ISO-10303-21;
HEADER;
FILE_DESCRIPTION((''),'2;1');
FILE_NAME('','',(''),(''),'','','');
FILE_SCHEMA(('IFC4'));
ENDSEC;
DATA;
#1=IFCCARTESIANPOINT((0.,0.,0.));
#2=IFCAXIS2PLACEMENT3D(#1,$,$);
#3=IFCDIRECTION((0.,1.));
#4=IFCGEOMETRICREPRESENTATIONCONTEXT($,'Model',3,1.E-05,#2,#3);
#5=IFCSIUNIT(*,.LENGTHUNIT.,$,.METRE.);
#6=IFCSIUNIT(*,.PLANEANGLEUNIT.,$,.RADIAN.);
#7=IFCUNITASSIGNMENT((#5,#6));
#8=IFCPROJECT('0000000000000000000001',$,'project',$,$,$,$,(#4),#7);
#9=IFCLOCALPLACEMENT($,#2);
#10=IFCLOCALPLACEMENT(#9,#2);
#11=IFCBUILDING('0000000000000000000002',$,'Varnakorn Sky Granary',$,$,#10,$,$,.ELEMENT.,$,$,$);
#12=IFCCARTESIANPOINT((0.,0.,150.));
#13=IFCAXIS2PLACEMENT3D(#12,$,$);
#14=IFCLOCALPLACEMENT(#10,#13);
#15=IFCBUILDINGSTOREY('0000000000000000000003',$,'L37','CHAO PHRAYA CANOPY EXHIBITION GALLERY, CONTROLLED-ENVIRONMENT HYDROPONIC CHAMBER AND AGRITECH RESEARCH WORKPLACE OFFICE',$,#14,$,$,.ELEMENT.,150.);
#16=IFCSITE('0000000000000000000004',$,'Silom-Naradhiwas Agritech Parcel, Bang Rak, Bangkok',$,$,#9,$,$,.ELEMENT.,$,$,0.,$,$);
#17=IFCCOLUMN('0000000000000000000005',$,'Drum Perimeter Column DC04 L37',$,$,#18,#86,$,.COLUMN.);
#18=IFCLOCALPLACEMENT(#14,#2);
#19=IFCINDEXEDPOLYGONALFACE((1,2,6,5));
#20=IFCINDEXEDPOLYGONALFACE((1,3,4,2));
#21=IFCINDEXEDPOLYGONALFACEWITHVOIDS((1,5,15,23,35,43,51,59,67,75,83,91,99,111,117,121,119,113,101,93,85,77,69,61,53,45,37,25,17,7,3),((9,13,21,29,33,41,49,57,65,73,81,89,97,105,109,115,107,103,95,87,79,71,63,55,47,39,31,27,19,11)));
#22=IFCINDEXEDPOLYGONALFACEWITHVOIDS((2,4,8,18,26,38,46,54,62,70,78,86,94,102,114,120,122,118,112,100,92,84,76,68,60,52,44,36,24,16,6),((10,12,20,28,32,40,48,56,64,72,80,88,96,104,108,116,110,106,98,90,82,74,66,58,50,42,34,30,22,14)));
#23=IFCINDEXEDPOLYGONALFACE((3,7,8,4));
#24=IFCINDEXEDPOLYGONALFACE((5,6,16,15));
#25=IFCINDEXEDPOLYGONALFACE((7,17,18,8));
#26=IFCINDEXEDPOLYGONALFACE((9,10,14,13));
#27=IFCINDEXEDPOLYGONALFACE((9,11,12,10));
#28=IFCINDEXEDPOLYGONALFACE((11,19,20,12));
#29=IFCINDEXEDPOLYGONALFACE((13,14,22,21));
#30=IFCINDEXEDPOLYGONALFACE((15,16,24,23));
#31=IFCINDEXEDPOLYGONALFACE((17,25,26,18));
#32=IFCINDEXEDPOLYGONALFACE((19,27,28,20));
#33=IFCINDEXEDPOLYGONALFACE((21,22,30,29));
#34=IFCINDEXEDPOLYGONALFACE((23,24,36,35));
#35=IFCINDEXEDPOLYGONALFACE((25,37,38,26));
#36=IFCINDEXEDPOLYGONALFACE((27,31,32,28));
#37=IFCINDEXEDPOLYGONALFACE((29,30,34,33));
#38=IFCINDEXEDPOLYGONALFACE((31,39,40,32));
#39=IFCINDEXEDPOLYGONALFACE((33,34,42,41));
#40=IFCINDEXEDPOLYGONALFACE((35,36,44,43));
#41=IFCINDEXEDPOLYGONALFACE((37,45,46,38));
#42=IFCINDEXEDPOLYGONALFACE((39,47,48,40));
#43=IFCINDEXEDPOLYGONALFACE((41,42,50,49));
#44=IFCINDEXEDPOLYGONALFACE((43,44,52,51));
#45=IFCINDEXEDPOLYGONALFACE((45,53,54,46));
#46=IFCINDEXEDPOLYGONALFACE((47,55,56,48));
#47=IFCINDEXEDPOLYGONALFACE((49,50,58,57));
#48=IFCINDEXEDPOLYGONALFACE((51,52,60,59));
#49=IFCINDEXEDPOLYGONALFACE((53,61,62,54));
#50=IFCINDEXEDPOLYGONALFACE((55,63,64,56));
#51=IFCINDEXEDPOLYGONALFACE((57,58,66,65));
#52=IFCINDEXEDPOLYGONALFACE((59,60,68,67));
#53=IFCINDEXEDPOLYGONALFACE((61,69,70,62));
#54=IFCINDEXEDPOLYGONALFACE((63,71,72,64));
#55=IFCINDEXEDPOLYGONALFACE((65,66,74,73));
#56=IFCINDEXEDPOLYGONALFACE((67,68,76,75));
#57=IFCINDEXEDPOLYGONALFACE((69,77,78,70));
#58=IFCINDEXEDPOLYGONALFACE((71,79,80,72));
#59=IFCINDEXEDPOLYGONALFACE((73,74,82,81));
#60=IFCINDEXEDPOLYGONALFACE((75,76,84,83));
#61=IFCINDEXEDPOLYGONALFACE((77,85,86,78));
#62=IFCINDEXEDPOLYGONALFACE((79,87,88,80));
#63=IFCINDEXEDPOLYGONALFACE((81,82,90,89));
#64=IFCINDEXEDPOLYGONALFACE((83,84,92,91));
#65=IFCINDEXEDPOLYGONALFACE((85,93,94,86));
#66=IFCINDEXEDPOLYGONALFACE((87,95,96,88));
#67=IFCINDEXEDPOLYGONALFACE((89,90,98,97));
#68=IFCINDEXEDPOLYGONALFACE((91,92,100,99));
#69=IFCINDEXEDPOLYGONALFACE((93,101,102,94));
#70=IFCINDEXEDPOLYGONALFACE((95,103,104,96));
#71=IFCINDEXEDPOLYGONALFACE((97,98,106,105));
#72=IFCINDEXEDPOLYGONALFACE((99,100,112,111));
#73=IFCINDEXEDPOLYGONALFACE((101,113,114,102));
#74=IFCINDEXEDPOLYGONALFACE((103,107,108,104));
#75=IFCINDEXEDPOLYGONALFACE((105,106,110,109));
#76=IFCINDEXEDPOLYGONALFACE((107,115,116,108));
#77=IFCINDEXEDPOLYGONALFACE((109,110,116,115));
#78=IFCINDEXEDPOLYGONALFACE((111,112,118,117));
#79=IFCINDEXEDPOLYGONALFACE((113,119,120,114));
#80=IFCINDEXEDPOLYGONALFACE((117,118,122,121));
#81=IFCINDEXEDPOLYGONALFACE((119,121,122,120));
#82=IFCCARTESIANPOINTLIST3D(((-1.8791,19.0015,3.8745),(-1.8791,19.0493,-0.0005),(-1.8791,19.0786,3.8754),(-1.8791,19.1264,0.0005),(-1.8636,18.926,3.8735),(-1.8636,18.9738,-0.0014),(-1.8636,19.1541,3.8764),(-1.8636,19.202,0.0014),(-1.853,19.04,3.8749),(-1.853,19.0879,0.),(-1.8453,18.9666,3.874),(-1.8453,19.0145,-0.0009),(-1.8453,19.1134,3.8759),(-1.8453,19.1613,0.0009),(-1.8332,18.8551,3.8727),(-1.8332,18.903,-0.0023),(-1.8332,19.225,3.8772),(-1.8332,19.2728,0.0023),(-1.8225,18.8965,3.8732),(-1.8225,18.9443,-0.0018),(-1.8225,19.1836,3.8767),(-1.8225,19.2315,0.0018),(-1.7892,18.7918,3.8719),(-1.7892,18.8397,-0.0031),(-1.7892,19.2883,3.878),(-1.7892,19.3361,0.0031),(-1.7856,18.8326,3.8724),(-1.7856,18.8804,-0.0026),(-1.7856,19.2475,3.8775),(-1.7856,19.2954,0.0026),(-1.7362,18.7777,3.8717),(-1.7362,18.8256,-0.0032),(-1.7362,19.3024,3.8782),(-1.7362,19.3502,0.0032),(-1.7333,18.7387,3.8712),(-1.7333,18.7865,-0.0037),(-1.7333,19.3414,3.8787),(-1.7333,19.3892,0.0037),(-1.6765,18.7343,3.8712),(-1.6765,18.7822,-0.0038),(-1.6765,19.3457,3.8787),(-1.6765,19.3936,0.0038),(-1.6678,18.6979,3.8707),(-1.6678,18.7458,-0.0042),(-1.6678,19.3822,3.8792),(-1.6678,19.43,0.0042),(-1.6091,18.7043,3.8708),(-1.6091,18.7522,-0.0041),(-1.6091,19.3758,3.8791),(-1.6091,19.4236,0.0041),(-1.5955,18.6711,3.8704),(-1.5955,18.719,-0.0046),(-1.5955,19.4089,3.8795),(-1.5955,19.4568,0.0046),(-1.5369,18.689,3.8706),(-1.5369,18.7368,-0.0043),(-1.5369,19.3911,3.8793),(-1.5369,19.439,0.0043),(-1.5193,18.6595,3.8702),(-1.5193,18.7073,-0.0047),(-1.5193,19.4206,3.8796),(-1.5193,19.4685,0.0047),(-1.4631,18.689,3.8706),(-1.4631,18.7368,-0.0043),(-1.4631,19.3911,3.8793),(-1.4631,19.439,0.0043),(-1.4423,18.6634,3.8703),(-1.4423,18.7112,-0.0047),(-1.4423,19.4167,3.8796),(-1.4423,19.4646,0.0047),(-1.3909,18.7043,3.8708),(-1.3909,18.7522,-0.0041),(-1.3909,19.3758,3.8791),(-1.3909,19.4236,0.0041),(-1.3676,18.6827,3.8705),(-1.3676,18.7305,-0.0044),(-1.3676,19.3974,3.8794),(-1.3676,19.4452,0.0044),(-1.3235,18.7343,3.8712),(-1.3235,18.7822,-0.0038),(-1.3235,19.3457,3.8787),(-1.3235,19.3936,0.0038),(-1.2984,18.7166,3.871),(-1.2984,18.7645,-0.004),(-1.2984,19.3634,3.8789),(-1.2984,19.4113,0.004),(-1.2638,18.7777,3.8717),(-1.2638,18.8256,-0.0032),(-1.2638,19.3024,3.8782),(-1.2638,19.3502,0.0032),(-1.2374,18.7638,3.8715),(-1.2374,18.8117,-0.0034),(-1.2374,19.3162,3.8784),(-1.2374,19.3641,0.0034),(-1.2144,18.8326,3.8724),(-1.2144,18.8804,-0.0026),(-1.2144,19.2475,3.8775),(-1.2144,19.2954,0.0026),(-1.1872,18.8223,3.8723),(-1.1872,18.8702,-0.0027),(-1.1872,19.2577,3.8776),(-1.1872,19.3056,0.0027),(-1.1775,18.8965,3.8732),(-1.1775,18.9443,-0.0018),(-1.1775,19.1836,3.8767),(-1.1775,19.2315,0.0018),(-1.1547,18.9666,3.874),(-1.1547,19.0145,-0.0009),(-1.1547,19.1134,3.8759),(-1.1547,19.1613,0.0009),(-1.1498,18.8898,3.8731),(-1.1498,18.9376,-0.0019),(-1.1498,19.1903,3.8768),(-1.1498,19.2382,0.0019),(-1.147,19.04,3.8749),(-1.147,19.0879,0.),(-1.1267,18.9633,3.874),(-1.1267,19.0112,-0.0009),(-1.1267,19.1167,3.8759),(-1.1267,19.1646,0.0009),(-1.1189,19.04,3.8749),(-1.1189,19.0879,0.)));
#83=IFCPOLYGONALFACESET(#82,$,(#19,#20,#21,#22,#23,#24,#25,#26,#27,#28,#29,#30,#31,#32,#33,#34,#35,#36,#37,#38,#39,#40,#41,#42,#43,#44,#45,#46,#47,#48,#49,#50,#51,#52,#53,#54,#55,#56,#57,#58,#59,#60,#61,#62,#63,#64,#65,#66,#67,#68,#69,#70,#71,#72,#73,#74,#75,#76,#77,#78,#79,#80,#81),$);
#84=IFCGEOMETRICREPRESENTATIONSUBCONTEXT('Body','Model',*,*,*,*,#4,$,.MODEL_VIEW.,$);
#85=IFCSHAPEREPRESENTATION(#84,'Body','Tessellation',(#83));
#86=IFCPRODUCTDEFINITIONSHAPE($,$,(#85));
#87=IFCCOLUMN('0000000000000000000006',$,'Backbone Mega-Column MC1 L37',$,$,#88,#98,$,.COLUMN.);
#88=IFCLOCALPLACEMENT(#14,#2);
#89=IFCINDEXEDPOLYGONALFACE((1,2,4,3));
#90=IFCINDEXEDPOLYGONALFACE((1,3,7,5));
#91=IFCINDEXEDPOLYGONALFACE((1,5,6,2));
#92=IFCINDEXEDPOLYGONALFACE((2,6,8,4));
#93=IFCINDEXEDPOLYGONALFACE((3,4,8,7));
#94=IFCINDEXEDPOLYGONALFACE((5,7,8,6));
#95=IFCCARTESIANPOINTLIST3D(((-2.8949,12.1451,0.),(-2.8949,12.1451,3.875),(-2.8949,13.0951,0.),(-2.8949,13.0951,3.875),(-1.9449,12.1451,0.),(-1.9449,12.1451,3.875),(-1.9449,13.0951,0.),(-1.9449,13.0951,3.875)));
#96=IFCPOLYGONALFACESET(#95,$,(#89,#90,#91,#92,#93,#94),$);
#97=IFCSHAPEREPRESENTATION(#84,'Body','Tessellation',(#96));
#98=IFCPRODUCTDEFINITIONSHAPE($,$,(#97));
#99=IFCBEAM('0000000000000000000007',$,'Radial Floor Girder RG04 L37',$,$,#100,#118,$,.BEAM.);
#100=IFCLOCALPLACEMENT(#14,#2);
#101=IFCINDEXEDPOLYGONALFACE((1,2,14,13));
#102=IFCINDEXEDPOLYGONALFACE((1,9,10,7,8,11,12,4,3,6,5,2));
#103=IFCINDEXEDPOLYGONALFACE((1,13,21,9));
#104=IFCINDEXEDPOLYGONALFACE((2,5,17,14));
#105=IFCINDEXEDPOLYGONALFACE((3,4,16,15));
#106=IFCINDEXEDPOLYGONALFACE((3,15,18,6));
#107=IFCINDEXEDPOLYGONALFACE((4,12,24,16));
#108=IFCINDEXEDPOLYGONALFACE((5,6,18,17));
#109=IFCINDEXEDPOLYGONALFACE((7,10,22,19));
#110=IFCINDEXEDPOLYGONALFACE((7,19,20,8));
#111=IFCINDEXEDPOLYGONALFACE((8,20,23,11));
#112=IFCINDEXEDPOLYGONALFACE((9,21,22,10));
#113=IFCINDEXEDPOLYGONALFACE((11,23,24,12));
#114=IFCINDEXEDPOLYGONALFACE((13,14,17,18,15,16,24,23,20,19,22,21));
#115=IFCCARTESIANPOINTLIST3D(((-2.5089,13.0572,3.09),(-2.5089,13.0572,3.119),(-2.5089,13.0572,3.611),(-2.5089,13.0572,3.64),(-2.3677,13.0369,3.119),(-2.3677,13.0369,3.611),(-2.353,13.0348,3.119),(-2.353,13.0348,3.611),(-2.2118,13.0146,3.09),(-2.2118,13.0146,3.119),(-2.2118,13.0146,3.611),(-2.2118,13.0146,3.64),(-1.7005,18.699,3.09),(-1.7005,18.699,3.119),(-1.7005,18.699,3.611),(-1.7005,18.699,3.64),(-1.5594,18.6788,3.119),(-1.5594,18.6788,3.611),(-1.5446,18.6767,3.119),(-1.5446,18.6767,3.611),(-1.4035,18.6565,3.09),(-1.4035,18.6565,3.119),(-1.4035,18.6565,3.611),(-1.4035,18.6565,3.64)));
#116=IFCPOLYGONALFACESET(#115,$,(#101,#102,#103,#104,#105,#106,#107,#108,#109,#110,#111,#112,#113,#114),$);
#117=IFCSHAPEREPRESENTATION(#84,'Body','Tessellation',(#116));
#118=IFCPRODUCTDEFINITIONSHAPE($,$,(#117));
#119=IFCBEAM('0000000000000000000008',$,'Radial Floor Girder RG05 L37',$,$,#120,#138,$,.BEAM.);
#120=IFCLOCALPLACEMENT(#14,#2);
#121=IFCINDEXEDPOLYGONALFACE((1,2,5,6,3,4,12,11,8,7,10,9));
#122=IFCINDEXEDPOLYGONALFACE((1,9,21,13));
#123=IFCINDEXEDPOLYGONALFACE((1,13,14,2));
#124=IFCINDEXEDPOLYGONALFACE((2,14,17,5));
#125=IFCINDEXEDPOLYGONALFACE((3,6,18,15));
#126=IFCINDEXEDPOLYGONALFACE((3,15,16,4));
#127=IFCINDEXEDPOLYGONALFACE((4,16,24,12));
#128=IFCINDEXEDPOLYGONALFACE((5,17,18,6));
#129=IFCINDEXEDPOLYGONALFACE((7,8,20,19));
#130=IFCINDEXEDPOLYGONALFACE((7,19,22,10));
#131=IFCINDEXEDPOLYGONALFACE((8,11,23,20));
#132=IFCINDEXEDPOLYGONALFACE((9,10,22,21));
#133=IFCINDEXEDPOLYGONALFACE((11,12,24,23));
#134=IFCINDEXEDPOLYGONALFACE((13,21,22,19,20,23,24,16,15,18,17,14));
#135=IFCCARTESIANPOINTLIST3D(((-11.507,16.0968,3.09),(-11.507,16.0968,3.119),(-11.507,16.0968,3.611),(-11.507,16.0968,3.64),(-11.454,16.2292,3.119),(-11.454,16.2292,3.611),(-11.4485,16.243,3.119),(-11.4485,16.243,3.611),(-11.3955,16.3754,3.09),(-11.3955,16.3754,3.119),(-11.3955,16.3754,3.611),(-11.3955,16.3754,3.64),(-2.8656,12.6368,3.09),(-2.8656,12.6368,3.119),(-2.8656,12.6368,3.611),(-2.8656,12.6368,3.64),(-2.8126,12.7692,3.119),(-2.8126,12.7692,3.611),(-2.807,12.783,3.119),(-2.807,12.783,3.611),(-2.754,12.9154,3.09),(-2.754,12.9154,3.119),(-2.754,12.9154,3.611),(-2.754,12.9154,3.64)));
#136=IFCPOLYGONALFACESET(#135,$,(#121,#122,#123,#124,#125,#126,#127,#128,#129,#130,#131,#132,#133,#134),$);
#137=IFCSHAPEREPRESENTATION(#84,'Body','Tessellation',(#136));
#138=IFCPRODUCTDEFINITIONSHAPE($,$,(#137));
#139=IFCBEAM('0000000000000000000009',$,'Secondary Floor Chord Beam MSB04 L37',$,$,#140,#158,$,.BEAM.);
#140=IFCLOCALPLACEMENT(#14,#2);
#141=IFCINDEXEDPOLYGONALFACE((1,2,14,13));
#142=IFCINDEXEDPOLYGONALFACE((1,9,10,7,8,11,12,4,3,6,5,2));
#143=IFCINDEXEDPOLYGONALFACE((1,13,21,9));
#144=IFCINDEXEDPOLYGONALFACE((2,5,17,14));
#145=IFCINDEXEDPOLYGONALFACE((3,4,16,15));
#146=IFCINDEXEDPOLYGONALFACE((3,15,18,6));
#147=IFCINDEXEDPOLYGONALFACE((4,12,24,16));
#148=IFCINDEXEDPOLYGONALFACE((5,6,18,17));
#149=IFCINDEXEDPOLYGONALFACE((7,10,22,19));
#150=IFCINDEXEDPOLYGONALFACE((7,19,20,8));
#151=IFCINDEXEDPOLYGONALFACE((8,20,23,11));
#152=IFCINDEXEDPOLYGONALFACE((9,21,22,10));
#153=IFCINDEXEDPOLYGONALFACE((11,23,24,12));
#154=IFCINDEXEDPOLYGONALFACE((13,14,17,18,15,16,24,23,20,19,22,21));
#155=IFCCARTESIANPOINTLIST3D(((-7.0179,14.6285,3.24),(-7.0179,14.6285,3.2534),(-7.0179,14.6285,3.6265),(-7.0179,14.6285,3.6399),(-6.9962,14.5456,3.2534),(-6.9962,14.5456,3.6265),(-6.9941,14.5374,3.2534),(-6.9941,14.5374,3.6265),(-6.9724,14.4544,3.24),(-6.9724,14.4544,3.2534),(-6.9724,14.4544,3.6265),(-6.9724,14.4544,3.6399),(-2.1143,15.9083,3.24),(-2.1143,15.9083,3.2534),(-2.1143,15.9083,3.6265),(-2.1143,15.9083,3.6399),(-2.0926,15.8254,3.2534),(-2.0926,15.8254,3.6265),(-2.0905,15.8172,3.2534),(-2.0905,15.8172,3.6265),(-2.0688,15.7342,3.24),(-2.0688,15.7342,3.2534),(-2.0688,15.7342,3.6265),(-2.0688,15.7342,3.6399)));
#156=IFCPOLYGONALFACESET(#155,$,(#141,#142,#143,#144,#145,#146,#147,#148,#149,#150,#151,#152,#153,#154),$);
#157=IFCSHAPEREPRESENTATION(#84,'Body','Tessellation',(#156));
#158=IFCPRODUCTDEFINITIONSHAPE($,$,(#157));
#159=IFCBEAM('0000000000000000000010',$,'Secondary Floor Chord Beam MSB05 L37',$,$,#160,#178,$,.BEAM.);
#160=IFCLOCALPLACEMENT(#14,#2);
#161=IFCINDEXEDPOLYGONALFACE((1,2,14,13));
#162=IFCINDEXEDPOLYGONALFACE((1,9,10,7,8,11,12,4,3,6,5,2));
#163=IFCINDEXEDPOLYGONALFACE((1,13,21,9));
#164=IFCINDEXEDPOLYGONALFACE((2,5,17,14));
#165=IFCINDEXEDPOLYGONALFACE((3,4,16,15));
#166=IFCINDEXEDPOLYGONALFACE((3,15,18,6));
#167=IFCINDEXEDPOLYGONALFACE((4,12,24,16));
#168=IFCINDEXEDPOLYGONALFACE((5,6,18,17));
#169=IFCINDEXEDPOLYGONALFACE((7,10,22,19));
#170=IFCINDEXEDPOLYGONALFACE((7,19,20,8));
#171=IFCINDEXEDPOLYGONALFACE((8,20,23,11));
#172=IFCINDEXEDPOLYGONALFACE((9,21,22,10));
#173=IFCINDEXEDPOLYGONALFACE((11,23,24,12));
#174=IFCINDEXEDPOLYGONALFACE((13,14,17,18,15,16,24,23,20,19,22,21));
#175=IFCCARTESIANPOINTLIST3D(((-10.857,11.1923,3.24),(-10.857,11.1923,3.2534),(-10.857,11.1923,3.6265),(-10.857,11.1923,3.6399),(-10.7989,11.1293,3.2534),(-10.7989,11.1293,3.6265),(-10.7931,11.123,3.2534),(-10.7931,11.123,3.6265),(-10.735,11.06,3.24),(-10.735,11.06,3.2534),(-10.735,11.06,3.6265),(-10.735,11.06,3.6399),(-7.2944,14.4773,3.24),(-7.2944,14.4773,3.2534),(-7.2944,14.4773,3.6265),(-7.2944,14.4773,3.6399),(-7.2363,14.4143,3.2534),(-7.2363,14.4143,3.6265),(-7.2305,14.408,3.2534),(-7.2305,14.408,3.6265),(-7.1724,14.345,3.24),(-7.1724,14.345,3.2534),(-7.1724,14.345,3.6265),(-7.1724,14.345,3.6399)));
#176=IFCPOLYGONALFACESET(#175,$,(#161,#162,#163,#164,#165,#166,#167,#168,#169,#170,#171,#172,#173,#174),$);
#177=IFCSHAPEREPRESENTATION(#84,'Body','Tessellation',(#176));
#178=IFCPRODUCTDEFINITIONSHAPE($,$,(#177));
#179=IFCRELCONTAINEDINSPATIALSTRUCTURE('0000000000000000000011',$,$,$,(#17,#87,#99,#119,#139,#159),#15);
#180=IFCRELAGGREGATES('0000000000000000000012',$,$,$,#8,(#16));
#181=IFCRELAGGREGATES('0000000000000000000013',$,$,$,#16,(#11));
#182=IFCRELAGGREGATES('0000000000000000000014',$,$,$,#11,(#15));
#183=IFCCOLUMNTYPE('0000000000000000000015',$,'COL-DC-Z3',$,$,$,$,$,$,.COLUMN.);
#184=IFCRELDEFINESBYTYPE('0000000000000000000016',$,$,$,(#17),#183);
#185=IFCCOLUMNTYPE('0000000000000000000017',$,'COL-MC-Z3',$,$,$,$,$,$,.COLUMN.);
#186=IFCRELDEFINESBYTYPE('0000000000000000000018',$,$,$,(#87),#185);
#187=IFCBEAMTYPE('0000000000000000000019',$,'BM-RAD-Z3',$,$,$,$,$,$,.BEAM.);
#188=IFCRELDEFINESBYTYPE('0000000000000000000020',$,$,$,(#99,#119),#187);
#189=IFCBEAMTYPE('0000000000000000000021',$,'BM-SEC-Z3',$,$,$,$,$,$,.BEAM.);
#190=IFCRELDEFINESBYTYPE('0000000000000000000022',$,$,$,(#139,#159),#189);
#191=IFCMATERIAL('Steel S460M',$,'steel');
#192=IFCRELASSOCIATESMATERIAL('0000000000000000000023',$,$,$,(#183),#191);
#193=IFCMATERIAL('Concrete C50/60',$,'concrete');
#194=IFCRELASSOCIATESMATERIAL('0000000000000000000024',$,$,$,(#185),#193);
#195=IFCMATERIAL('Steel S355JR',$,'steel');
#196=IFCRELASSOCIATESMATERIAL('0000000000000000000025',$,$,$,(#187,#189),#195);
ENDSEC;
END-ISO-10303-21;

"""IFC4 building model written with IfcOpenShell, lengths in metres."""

from ifc_helpers import new_model, si_unit, direction, frame, origin, origin_2d, place, context, subcontext, project, spatial, rectangle, hollow_circle, i_section, extrude, material, material_profile, profile_set, type_object, element, save


model = new_model("IFC4")

# Units and contexts
model_context = context("Model", 3, precision=1e-05, world=origin(), true_north=direction((0.0, 1.0)))
body_context = subcontext(model_context, "Body", "Model", "MODEL_VIEW")
ifc_project = project(units=[si_unit("LENGTHUNIT", "METRE"), si_unit("PLANEANGLEUNIT", "RADIAN")], contexts=[model_context])

# Site, building, storey
site_placement = place(None, origin())
site = spatial("IfcSite", under=ifc_project, at=site_placement, Name="Silom-Naradhiwas Agritech Parcel, Bang Rak, Bangkok", CompositionType="ELEMENT", RefElevation=0.0)
building_placement = place(site_placement, origin())
building = spatial("IfcBuilding", under=site, at=building_placement, Name="Varnakorn Sky Granary", CompositionType="ELEMENT")
storey_placement = place(building_placement, frame((0.0, 0.0, 150.0)))
storey = spatial("IfcBuildingStorey", under=building, at=storey_placement, Name="L37", Description="CHAO PHRAYA CANOPY EXHIBITION GALLERY, CONTROLLED-ENVIRONMENT HYDROPONIC CHAMBER AND AGRITECH RESEARCH WORKPLACE OFFICE", CompositionType="ELEMENT", Elevation=150.0)

# Columns
ifc_material_1 = material(Name="Steel S460M", Category="steel")
ifc_material_profile_1 = material_profile(ifc_material_1, hollow_circle(Radius=0.3811, WallThickness=0.0281, at=origin_2d()), Name="CHS 762x28")
ifc_profile_set_1 = profile_set([ifc_material_profile_1], Name="Steel S460M")
column_type_1 = type_object("IfcColumnType", Name="COL-DC-Z3", PredefinedType="COLUMN", material=ifc_profile_set_1)
column_1_placement = place(storey_placement, frame((-1.5, 19.0879, 0.0), z_axis=(0.0, -0.012348, 0.999924), x_axis=(1.0, 0.0, 0.0)))
element("IfcColumn", 1, at=column_1_placement, inside=storey, type_object=column_type_1, Name="Drum Perimeter Column DC04 L37", PredefinedType="COLUMN", context=body_context, shape_type="SweptSolid", body=[
    extrude(hollow_circle(Radius=0.3811, WallThickness=0.0281, at=origin_2d()), origin(), (0.0, 0.0, 1.0), 3.8752),
])
ifc_material_2 = material(Name="Concrete C50/60", Category="concrete")
ifc_material_profile_2 = material_profile(ifc_material_2, rectangle(XDim=0.95, YDim=0.95, at=origin_2d()), Name="RC 950x950")
ifc_profile_set_2 = profile_set([ifc_material_profile_2], Name="Concrete C50/60")
column_type_2 = type_object("IfcColumnType", Name="COL-MC-Z3", PredefinedType="COLUMN", material=ifc_profile_set_2)
column_2_placement = place(storey_placement, frame((-2.4199, 12.6201, 0.0), z_axis=(0.0, 0.0, 1.0), x_axis=(1.0, 0.0, 0.0)))
element("IfcColumn", 2, at=column_2_placement, inside=storey, type_object=column_type_2, Name="Backbone Mega-Column MC1 L37", PredefinedType="COLUMN", context=body_context, shape_type="SweptSolid", body=[
    extrude(rectangle(XDim=0.95, YDim=0.95, at=origin_2d()), origin(), (0.0, 0.0, 1.0), 3.875),
])

# Beams
ifc_material_3 = material(Name="Steel S355JR", Category="steel")
ifc_material_profile_3 = material_profile(ifc_material_3, i_section(OverallWidth=0.3, OverallDepth=0.55, WebThickness=0.0149, FlangeThickness=0.0291, at=origin_2d()), Name="HE 550 B")
ifc_profile_set_3 = profile_set([ifc_material_profile_3], Name="Steel S355JR")
beam_type_1 = type_object("IfcBeamType", Name="BM-RAD-Z3", PredefinedType="BEAM", material=ifc_profile_set_3)
beam_1_placement = place(storey_placement, frame((-2.3604, 13.0359, 3.365), z_axis=(0.141829, 0.989891, 0.0), x_axis=(-0.989891, 0.141829, 0.0)))
element("IfcBeam", 3, at=beam_1_placement, inside=storey, type_object=beam_type_1, Name="Radial Floor Girder RG04 L37", PredefinedType="BEAM", context=body_context, shape_type="SweptSolid", body=[
    extrude(i_section(OverallWidth=0.3, OverallDepth=0.55, WebThickness=0.0149, FlangeThickness=0.0291, at=origin_2d()), origin(), (0.0, 0.0, 1.0), 5.6995),
])
beam_2_placement = place(storey_placement, frame((-2.8098, 12.7761, 3.365), z_axis=(-0.92835, 0.371707, 0.0), x_axis=(-0.371707, -0.92835, 0.0)))
element("IfcBeam", 4, at=beam_2_placement, inside=storey, type_object=beam_type_1, Name="Radial Floor Girder RG05 L37", PredefinedType="BEAM", context=body_context, shape_type="SweptSolid", body=[
    extrude(i_section(OverallWidth=0.3, OverallDepth=0.55, WebThickness=0.0149, FlangeThickness=0.0291, at=origin_2d()), origin(), (0.0, 0.0, 1.0), 9.3083),
])
ifc_material_profile_4 = material_profile(ifc_material_3, i_section(OverallWidth=0.1799, OverallDepth=0.3999, WebThickness=0.0085, FlangeThickness=0.0134, at=origin_2d()), Name="IPE 400")
ifc_profile_set_4 = profile_set([ifc_material_profile_4], Name="Steel S355JR")
beam_type_2 = type_object("IfcBeamType", Name="BM-SEC-Z3", PredefinedType="BEAM", material=ifc_profile_set_4)
beam_3_placement = place(storey_placement, frame((-2.0916, 15.8213, 3.4399), z_axis=(-0.967589, -0.252532, 0.0), x_axis=(0.252532, -0.967589, 0.0)))
element("IfcBeam", 5, at=beam_3_placement, inside=storey, type_object=beam_type_2, Name="Secondary Floor Chord Beam MSB04 L37", PredefinedType="BEAM", context=body_context, shape_type="SweptSolid", body=[
    extrude(i_section(OverallWidth=0.1799, OverallDepth=0.3999, WebThickness=0.0085, FlangeThickness=0.0134, at=origin_2d()), origin(), (0.0, 0.0, 1.0), 5.0679),
])
beam_4_placement = place(storey_placement, frame((-7.2334, 14.4111, 3.4399), z_axis=(-0.735168, -0.677885, 0.0), x_axis=(0.677885, -0.735168, 0.0)))
element("IfcBeam", 6, at=beam_4_placement, inside=storey, type_object=beam_type_2, Name="Secondary Floor Chord Beam MSB05 L37", PredefinedType="BEAM", context=body_context, shape_type="SweptSolid", body=[
    extrude(i_section(OverallWidth=0.1799, OverallDepth=0.3999, WebThickness=0.0085, FlangeThickness=0.0134, at=origin_2d()), origin(), (0.0, 0.0, 1.0), 4.8459),
])

save(model, "model.ifc")
